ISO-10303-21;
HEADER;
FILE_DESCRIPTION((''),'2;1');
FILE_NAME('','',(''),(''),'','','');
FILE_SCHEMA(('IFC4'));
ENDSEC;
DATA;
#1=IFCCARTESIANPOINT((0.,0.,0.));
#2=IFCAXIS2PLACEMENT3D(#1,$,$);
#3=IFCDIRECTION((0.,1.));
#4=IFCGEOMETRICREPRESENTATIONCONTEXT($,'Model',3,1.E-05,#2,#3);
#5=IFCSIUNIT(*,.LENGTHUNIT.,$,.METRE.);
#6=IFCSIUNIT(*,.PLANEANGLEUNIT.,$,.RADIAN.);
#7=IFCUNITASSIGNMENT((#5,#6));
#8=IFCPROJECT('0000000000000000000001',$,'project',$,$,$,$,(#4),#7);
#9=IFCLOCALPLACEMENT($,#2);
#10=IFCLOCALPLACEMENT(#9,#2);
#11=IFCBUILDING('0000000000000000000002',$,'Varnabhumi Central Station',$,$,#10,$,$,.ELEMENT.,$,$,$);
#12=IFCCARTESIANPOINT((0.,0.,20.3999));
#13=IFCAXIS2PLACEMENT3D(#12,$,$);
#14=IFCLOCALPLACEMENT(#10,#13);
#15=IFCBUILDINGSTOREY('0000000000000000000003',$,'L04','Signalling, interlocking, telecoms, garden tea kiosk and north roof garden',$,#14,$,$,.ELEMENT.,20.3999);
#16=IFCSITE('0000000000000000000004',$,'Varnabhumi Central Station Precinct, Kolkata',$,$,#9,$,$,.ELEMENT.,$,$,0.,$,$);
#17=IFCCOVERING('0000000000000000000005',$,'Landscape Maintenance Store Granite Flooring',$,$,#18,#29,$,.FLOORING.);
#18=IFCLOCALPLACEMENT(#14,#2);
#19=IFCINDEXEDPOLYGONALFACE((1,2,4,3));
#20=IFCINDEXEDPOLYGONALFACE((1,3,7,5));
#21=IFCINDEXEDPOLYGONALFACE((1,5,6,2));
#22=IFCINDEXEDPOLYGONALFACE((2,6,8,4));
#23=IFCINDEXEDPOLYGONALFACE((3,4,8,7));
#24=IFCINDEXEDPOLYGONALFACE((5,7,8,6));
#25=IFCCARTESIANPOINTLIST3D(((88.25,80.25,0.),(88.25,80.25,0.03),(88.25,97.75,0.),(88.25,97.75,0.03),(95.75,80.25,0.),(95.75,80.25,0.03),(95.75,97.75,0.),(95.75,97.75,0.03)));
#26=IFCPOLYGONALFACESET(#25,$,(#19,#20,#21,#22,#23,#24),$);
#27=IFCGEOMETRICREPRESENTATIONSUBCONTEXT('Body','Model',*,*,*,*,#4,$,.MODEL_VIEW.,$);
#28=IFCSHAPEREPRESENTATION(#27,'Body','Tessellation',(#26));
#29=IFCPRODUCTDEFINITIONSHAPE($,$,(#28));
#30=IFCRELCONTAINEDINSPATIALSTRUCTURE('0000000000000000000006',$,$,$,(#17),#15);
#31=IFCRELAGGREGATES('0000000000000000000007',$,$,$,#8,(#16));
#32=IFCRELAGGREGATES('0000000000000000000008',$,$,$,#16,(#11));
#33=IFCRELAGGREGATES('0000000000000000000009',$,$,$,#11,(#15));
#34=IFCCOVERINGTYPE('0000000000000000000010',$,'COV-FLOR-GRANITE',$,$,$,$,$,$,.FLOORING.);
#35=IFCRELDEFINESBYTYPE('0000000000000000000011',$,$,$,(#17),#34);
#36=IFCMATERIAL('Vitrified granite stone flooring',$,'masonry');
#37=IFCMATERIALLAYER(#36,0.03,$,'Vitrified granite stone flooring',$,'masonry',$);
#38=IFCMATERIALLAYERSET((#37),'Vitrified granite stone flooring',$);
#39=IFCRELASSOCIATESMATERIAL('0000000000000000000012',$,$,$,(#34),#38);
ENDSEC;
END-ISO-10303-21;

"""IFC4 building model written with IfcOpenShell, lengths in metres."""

from ifc_helpers import new_model, si_unit, direction, frame, origin, place, context, subcontext, project, spatial, polyline, outline, extrude, material, layer, layer_set, type_object, element, save


model = new_model("IFC4")

# Units and contexts
model_context = context("Model", 3, precision=1e-05, world=origin(), true_north=direction((0.0, 1.0)))
body_context = subcontext(model_context, "Body", "Model", "MODEL_VIEW")
ifc_project = project(units=[si_unit("LENGTHUNIT", "METRE"), si_unit("PLANEANGLEUNIT", "RADIAN")], contexts=[model_context])

# Site, building, storey
site_placement = place(None, origin())
site = spatial("IfcSite", under=ifc_project, at=site_placement, Name="Varnabhumi Central Station Precinct, Kolkata", CompositionType="ELEMENT", RefElevation=0.0)
building_placement = place(site_placement, origin())
building = spatial("IfcBuilding", under=site, at=building_placement, Name="Varnabhumi Central Station", CompositionType="ELEMENT")
storey_placement = place(building_placement, frame((0.0, 0.0, 20.3999)))
storey = spatial("IfcBuildingStorey", under=building, at=storey_placement, Name="L04", Description="Signalling, interlocking, telecoms, garden tea kiosk and north roof garden", CompositionType="ELEMENT", Elevation=20.3999)

# Covering
ifc_material_1 = material(Name="Vitrified granite stone flooring", Category="masonry")
ifc_layer_1 = layer(ifc_material_1, 0.03, Name="Vitrified granite stone flooring", Category="masonry")
ifc_layer_set_1 = layer_set([ifc_layer_1], Name="Vitrified granite stone flooring")
covering_type_1 = type_object("IfcCoveringType", Name="COV-FLOR-GRANITE", PredefinedType="FLOORING", material=ifc_layer_set_1)
covering_1_placement = place(storey_placement, origin())
element("IfcCovering", 1, at=covering_1_placement, inside=storey, type_object=covering_type_1, Name="Landscape Maintenance Store Granite Flooring", PredefinedType="FLOORING", context=body_context, shape_type="SweptSolid", body=[
    extrude(outline(polyline([(88.25, 80.25), (95.75, 80.25), (95.75, 97.75), (88.25, 97.75), (88.25, 80.25)])), origin(), (0.0, 0.0, 1.0), 0.03),
])

save(model, "model.ifc")
